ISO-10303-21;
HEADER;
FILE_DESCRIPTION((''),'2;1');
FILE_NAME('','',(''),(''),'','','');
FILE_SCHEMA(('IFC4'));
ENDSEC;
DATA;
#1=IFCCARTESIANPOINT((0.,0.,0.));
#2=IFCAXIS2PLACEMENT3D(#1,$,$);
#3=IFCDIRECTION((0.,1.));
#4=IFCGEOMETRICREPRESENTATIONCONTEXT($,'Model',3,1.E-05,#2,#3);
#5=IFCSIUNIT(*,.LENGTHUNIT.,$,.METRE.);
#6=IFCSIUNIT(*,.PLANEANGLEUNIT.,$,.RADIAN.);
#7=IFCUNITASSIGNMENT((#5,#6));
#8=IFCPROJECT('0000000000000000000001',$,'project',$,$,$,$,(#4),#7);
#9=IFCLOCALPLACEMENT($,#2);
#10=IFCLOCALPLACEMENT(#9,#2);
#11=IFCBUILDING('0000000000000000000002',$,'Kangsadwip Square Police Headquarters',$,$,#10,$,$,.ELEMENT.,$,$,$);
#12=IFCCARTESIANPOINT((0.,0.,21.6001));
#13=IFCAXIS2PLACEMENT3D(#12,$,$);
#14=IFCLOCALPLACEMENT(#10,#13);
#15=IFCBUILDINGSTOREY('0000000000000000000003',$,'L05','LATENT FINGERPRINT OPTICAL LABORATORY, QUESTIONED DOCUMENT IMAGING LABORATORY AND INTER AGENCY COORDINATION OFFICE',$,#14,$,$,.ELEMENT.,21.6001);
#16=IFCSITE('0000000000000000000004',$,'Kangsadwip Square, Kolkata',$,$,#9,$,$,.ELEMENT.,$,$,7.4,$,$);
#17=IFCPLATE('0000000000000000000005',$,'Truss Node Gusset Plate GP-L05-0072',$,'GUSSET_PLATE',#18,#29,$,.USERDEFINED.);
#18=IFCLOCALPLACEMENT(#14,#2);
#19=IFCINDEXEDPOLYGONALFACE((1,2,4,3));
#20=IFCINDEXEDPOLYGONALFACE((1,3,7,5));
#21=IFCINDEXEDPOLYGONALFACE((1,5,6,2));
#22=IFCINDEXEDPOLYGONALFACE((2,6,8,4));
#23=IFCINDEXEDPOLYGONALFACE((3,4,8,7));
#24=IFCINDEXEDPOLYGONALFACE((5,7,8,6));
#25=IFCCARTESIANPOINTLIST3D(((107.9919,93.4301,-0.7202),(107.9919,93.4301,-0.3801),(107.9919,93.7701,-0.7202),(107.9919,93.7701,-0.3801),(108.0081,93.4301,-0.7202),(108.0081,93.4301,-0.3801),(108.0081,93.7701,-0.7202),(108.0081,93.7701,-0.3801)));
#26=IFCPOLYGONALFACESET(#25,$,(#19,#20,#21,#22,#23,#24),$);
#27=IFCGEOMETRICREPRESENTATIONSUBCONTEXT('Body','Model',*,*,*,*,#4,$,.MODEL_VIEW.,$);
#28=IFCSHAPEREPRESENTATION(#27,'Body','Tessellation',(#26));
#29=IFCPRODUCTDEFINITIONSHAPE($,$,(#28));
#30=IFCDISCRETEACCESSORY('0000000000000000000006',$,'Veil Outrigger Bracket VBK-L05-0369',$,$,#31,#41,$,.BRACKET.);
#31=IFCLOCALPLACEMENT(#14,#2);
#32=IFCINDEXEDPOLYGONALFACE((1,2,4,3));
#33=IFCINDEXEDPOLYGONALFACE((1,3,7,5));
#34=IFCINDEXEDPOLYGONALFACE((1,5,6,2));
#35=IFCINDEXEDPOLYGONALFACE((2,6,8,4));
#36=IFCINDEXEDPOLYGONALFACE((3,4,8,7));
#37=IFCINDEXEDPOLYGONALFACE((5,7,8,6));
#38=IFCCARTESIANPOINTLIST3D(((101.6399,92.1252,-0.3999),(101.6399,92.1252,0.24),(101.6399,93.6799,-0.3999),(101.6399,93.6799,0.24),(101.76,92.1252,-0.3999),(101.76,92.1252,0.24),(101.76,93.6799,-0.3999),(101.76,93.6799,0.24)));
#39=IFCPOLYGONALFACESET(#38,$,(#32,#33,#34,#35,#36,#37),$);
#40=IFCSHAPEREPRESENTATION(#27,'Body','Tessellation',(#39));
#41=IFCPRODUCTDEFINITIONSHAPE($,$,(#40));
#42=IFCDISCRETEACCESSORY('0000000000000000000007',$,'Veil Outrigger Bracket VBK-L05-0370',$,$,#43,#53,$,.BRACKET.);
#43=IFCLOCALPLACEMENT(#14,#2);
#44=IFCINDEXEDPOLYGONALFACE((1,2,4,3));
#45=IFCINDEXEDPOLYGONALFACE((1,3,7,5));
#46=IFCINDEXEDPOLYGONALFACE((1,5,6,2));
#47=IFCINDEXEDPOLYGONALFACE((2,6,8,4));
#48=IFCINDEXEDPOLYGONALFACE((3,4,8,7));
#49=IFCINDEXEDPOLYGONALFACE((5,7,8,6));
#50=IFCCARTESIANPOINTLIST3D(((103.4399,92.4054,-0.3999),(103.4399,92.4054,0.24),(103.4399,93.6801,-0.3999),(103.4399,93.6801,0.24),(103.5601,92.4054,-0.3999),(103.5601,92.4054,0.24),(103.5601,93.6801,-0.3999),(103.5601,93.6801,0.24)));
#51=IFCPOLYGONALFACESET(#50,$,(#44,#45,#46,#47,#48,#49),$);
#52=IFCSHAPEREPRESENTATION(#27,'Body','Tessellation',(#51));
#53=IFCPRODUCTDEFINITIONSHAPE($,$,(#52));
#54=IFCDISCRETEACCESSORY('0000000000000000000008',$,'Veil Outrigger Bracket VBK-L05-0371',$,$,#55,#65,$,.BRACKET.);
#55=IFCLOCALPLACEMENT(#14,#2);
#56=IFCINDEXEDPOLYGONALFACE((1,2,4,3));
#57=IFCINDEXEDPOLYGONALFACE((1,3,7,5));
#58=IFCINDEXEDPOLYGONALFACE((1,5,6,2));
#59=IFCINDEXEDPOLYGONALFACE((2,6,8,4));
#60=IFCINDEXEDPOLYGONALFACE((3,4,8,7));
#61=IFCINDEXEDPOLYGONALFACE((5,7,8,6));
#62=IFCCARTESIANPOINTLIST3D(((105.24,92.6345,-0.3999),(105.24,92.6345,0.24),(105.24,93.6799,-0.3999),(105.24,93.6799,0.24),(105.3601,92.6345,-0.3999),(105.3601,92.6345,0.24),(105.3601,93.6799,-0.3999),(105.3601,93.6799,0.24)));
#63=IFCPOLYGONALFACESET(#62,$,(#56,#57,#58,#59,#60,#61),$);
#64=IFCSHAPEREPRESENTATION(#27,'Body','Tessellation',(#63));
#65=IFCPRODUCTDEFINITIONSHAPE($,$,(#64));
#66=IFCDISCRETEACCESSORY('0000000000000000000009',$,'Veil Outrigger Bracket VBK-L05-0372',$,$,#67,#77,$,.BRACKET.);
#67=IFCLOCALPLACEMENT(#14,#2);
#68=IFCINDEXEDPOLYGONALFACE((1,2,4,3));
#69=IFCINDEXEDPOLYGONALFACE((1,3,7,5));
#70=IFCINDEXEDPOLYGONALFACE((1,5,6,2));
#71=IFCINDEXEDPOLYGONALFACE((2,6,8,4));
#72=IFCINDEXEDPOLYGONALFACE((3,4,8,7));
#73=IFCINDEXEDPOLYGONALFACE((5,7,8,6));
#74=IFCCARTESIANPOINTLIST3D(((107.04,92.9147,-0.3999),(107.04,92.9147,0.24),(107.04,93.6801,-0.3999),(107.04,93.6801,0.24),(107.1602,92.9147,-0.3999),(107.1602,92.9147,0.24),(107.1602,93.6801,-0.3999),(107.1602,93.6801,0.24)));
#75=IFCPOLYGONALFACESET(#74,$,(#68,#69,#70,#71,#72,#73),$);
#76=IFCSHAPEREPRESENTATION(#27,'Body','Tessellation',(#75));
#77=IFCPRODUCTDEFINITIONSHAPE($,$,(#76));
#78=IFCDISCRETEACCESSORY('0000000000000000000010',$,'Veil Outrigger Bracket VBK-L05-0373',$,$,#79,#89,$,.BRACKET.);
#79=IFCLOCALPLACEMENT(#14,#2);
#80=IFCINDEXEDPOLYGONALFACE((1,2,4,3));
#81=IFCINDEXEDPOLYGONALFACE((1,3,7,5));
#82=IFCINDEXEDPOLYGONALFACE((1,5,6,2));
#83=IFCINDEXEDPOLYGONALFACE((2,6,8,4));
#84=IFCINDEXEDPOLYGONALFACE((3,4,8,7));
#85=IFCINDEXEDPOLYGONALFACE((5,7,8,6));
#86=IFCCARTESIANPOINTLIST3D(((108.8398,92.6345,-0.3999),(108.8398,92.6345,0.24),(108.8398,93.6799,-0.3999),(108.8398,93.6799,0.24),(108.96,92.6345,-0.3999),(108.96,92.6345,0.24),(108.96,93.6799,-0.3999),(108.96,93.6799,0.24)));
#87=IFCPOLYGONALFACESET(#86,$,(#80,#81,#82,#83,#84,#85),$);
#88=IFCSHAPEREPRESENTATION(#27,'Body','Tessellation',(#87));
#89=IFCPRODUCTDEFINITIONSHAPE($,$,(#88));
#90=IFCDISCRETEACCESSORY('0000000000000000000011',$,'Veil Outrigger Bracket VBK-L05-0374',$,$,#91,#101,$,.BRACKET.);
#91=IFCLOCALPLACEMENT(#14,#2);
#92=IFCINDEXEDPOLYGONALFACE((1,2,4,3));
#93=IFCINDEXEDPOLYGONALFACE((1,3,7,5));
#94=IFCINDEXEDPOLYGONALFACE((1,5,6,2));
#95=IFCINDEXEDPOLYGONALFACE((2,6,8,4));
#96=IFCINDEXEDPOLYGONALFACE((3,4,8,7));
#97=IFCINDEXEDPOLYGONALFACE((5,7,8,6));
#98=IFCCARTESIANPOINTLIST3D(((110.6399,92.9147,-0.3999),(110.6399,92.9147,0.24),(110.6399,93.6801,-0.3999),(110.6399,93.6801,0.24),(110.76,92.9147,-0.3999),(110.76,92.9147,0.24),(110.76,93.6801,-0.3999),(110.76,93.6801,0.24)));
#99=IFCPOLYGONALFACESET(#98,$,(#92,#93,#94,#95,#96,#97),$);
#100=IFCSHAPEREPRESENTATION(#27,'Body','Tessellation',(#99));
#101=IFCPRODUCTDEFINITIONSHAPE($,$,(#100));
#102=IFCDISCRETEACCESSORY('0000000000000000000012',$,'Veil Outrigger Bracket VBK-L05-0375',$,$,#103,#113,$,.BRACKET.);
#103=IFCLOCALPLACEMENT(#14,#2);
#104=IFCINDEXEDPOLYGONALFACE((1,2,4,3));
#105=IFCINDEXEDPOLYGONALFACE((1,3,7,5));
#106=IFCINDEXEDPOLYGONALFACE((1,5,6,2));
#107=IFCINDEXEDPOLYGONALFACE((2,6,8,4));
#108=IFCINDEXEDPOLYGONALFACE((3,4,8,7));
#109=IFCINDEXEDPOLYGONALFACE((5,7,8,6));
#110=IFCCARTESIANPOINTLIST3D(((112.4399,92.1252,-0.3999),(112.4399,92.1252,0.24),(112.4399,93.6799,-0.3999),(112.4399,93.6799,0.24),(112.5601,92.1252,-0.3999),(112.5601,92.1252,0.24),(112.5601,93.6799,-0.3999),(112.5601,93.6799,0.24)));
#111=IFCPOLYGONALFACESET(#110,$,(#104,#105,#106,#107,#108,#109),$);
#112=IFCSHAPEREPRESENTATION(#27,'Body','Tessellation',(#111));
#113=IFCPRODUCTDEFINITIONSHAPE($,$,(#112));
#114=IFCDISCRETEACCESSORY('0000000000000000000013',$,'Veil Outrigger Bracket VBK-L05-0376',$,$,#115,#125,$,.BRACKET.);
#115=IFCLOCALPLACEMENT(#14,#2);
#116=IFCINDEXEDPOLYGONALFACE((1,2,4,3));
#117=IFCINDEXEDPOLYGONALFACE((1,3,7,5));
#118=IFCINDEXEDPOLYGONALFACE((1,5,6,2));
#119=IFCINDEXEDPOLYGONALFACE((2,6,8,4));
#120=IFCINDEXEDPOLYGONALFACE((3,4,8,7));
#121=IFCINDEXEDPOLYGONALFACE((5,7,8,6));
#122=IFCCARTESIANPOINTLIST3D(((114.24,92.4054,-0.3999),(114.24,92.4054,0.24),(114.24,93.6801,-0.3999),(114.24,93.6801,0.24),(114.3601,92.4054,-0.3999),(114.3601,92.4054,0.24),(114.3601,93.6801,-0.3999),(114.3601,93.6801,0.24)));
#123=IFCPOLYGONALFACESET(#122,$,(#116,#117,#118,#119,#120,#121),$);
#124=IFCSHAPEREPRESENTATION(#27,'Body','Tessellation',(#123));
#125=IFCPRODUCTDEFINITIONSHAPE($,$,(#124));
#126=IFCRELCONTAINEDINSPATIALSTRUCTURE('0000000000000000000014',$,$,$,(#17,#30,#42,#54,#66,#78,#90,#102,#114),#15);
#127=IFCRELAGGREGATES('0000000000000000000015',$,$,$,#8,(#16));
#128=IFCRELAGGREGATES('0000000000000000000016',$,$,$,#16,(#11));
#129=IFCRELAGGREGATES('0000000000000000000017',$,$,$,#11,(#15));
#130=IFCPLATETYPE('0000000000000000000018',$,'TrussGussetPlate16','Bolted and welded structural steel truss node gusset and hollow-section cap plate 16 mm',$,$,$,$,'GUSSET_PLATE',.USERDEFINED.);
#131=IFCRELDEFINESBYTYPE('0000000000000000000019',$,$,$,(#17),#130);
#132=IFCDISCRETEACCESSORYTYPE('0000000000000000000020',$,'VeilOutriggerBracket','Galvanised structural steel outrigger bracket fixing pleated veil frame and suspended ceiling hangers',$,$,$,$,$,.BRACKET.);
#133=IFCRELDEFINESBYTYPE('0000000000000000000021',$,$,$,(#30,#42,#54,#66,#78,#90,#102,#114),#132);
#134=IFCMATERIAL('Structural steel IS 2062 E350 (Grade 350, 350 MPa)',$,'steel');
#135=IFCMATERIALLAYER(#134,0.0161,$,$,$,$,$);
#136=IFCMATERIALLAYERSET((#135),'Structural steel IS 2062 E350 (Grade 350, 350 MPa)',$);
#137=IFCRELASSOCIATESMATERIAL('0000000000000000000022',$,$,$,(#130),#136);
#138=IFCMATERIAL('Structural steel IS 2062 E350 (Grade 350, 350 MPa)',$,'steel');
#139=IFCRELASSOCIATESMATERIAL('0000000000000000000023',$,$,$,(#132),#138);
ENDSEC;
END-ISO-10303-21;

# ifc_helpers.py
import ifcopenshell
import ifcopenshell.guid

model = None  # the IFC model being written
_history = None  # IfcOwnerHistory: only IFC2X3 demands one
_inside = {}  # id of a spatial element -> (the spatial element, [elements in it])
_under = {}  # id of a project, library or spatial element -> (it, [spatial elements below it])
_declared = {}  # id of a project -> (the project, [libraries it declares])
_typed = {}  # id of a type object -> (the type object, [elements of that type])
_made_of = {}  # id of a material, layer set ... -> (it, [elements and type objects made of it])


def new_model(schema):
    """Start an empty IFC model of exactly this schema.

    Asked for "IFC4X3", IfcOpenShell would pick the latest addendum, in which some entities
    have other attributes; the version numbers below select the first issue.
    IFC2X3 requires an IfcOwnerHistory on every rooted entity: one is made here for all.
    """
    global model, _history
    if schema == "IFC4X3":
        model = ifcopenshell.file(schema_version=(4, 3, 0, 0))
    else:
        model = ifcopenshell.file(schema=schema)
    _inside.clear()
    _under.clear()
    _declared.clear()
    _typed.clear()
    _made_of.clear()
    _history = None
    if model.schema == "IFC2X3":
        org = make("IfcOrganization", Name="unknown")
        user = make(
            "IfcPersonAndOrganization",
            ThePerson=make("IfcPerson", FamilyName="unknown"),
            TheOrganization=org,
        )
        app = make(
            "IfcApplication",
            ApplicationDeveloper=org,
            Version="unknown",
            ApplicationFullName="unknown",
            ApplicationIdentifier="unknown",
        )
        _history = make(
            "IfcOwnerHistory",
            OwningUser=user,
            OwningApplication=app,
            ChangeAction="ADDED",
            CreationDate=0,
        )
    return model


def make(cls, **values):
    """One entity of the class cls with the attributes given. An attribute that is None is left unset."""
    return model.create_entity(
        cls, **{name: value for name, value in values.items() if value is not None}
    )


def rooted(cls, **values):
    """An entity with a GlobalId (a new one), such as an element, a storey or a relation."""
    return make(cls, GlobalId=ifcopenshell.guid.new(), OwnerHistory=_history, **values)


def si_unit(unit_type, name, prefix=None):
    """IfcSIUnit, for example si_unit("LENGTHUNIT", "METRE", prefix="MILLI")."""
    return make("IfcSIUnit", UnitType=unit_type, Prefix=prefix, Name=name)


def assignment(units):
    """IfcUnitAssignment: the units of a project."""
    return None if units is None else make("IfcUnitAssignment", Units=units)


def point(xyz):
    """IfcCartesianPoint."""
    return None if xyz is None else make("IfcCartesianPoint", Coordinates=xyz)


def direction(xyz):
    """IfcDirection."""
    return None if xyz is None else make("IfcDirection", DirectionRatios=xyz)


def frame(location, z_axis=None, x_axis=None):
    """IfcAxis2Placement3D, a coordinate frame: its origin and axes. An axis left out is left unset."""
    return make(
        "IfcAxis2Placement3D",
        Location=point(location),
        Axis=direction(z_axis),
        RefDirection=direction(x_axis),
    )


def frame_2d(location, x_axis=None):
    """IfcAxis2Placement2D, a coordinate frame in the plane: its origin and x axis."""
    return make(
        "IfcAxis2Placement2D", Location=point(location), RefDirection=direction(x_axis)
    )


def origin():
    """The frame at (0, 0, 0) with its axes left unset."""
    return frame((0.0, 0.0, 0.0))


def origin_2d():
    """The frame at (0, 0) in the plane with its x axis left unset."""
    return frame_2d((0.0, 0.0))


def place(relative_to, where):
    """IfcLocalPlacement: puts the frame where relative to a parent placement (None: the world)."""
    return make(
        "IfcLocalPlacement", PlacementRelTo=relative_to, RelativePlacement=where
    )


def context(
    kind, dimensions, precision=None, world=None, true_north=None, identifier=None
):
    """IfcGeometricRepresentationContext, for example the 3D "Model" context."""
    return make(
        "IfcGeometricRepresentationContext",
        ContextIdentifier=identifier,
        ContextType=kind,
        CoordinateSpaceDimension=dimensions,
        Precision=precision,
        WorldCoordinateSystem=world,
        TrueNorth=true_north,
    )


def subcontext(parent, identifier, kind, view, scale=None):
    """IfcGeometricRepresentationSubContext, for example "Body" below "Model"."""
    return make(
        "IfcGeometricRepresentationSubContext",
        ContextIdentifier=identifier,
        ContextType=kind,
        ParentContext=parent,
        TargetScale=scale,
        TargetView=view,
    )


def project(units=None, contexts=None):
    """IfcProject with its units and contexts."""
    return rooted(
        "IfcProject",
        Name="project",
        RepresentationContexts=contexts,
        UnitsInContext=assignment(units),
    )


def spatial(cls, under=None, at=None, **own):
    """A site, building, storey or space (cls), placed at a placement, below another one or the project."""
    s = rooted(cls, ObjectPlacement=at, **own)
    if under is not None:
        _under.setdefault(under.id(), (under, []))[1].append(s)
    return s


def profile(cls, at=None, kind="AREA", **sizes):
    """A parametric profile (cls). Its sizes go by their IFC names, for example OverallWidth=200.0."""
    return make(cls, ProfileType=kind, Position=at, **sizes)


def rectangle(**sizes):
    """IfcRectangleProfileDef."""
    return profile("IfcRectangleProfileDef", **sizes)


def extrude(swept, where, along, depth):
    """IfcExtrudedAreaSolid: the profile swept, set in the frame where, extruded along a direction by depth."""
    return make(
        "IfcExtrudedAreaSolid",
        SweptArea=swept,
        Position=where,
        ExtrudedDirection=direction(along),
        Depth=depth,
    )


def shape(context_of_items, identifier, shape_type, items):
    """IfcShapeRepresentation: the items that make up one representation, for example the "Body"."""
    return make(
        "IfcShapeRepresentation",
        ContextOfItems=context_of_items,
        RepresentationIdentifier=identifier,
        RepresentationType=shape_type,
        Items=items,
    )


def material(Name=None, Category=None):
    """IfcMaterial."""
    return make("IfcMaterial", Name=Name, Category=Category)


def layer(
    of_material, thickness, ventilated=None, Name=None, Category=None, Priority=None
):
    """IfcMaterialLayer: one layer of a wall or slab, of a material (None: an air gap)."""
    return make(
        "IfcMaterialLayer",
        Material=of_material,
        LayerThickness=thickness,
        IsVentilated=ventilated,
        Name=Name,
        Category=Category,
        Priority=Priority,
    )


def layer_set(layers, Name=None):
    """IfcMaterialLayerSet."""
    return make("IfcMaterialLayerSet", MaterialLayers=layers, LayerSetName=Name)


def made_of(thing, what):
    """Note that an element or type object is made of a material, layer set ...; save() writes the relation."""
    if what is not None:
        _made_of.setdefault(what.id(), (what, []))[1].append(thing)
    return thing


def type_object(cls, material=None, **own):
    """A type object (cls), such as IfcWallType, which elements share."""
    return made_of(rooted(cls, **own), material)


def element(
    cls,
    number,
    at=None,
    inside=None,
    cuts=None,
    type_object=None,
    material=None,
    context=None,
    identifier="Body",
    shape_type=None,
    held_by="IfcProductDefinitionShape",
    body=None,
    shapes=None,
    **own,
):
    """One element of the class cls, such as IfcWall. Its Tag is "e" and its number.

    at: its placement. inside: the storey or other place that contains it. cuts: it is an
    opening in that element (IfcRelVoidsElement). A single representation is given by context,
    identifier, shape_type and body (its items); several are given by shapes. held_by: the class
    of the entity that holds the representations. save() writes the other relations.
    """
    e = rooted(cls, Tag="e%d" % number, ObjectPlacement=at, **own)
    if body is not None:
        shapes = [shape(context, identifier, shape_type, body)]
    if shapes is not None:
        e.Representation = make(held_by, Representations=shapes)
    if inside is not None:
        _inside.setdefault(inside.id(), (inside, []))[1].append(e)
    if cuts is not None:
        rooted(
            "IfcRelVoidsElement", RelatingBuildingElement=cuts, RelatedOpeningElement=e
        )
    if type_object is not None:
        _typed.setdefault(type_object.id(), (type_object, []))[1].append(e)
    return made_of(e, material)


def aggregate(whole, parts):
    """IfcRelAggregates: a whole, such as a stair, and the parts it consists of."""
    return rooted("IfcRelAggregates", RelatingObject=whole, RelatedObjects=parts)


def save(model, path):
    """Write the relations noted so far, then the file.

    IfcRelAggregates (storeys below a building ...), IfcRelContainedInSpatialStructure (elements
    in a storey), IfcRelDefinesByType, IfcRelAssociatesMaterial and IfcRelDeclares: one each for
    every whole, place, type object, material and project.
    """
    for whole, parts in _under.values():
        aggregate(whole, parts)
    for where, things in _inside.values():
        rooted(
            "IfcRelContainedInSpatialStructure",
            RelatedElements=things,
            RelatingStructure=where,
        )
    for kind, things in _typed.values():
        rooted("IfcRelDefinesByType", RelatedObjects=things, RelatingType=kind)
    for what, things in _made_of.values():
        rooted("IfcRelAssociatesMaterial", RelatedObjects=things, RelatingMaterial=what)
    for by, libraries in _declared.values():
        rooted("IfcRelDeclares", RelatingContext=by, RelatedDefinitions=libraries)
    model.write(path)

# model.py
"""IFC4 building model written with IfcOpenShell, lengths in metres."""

from ifc_helpers import new_model, si_unit, direction, frame, origin, origin_2d, place, context, subcontext, project, spatial, rectangle, extrude, material, layer, layer_set, type_object, element, save


model = new_model("IFC4")

# Units and contexts
model_context = context("Model", 3, precision=1e-05, world=origin(), true_north=direction((0.0, 1.0)))
body_context = subcontext(model_context, "Body", "Model", "MODEL_VIEW")
ifc_project = project(units=[si_unit("LENGTHUNIT", "METRE"), si_unit("PLANEANGLEUNIT", "RADIAN")], contexts=[model_context])

# Site, building, storey
site_placement = place(None, origin())
site = spatial("IfcSite", under=ifc_project, at=site_placement, Name="Kangsadwip Square, Kolkata", CompositionType="ELEMENT", RefElevation=7.4)
building_placement = place(site_placement, origin())
building = spatial("IfcBuilding", under=site, at=building_placement, Name="Kangsadwip Square Police Headquarters", CompositionType="ELEMENT")
storey_placement = place(building_placement, frame((0.0, 0.0, 21.6001)))
storey = spatial("IfcBuildingStorey", under=building, at=storey_placement, Name="L05", Description="LATENT FINGERPRINT OPTICAL LABORATORY, QUESTIONED DOCUMENT IMAGING LABORATORY AND INTER AGENCY COORDINATION OFFICE", CompositionType="ELEMENT", Elevation=21.6001)

# Plate
ifc_material_1 = material(Name="Structural steel IS 2062 E350 (Grade 350, 350 MPa)", Category="steel")
ifc_layer_1 = layer(ifc_material_1, 0.0161)
ifc_layer_set_1 = layer_set([ifc_layer_1], Name="Structural steel IS 2062 E350 (Grade 350, 350 MPa)")
plate_type_1 = type_object("IfcPlateType", Name="TrussGussetPlate16", Description="Bolted and welded structural steel truss node gusset and hollow-section cap plate 16 mm", ElementType="GUSSET_PLATE", PredefinedType="USERDEFINED", material=ifc_layer_set_1)
plate_placement = place(storey_placement, frame((108.0, 93.6001, -0.7202), z_axis=(0.0, 0.0, 1.0), x_axis=(0.0, 1.0, 0.0)))
element("IfcPlate", 1, at=plate_placement, inside=storey, type_object=plate_type_1, Name="Truss Node Gusset Plate GP-L05-0072", ObjectType="GUSSET_PLATE", PredefinedType="USERDEFINED", context=body_context, shape_type="SweptSolid", body=[
    extrude(rectangle(XDim=0.3401, YDim=0.0161, at=origin_2d()), origin(), (0.0, 0.0, 1.0), 0.3401),
])

# Discrete accessories
ifc_material_2 = material(Name="Structural steel IS 2062 E350 (Grade 350, 350 MPa)", Category="steel")
discrete_accessory_type = type_object("IfcDiscreteAccessoryType", Name="VeilOutriggerBracket", Description="Galvanised structural steel outrigger bracket fixing pleated veil frame and suspended ceiling hangers", PredefinedType="BRACKET", material=ifc_material_2)
discrete_accessory_1_placement = place(storey_placement, frame((101.7, 92.9026, -0.3999), z_axis=(0.0, 0.0, 1.0), x_axis=(1.0, 0.0, 0.0)))
element("IfcDiscreteAccessory", 2, at=discrete_accessory_1_placement, inside=storey, type_object=discrete_accessory_type, Name="Veil Outrigger Bracket VBK-L05-0369", PredefinedType="BRACKET", context=body_context, shape_type="SweptSolid", body=[
    extrude(rectangle(XDim=0.1201, YDim=1.5547, at=origin_2d()), origin(), (0.0, 0.0, 1.0), 0.6399),
])
discrete_accessory_2_placement = place(storey_placement, frame((103.5, 93.0427, -0.3999), z_axis=(0.0, 0.0, 1.0), x_axis=(1.0, 0.0, 0.0)))
element("IfcDiscreteAccessory", 3, at=discrete_accessory_2_placement, inside=storey, type_object=discrete_accessory_type, Name="Veil Outrigger Bracket VBK-L05-0370", PredefinedType="BRACKET", context=body_context, shape_type="SweptSolid", body=[
    extrude(rectangle(XDim=0.1201, YDim=1.2747, at=origin_2d()), origin(), (0.0, 0.0, 1.0), 0.6399),
])
discrete_accessory_3_placement = place(storey_placement, frame((105.3, 93.1572, -0.3999), z_axis=(0.0, 0.0, 1.0), x_axis=(1.0, 0.0, 0.0)))
element("IfcDiscreteAccessory", 4, at=discrete_accessory_3_placement, inside=storey, type_object=discrete_accessory_type, Name="Veil Outrigger Bracket VBK-L05-0371", PredefinedType="BRACKET", context=body_context, shape_type="SweptSolid", body=[
    extrude(rectangle(XDim=0.1201, YDim=1.0454, at=origin_2d()), origin(), (0.0, 0.0, 1.0), 0.6399),
])
discrete_accessory_4_placement = place(storey_placement, frame((107.1001, 93.2974, -0.3999), z_axis=(0.0, 0.0, 1.0), x_axis=(1.0, 0.0, 0.0)))
element("IfcDiscreteAccessory", 5, at=discrete_accessory_4_placement, inside=storey, type_object=discrete_accessory_type, Name="Veil Outrigger Bracket VBK-L05-0372", PredefinedType="BRACKET", context=body_context, shape_type="SweptSolid", body=[
    extrude(rectangle(XDim=0.1201, YDim=0.7654, at=origin_2d()), origin(), (0.0, 0.0, 1.0), 0.6399),
])
discrete_accessory_5_placement = place(storey_placement, frame((108.8999, 93.1572, -0.3999), z_axis=(0.0, 0.0, 1.0), x_axis=(1.0, 0.0, 0.0)))
element("IfcDiscreteAccessory", 6, at=discrete_accessory_5_placement, inside=storey, type_object=discrete_accessory_type, Name="Veil Outrigger Bracket VBK-L05-0373", PredefinedType="BRACKET", context=body_context, shape_type="SweptSolid", body=[
    extrude(rectangle(XDim=0.1201, YDim=1.0454, at=origin_2d()), origin(), (0.0, 0.0, 1.0), 0.6399),
])
discrete_accessory_6_placement = place(storey_placement, frame((110.7, 93.2974, -0.3999), z_axis=(0.0, 0.0, 1.0), x_axis=(1.0, 0.0, 0.0)))
element("IfcDiscreteAccessory", 7, at=discrete_accessory_6_placement, inside=storey, type_object=discrete_accessory_type, Name="Veil Outrigger Bracket VBK-L05-0374", PredefinedType="BRACKET", context=body_context, shape_type="SweptSolid", body=[
    extrude(rectangle(XDim=0.1201, YDim=0.7654, at=origin_2d()), origin(), (0.0, 0.0, 1.0), 0.6399),
])
discrete_accessory_7_placement = place(storey_placement, frame((112.5, 92.9026, -0.3999), z_axis=(0.0, 0.0, 1.0), x_axis=(1.0, 0.0, 0.0)))
element("IfcDiscreteAccessory", 8, at=discrete_accessory_7_placement, inside=storey, type_object=discrete_accessory_type, Name="Veil Outrigger Bracket VBK-L05-0375", PredefinedType="BRACKET", context=body_context, shape_type="SweptSolid", body=[
    extrude(rectangle(XDim=0.1201, YDim=1.5547, at=origin_2d()), origin(), (0.0, 0.0, 1.0), 0.6399),
])
discrete_accessory_8_placement = place(storey_placement, frame((114.3, 93.0427, -0.3999), z_axis=(0.0, 0.0, 1.0), x_axis=(1.0, 0.0, 0.0)))
element("IfcDiscreteAccessory", 9, at=discrete_accessory_8_placement, inside=storey, type_object=discrete_accessory_type, Name="Veil Outrigger Bracket VBK-L05-0376", PredefinedType="BRACKET", context=body_context, shape_type="SweptSolid", body=[
    extrude(rectangle(XDim=0.1201, YDim=1.2747, at=origin_2d()), origin(), (0.0, 0.0, 1.0), 0.6399),
])

save(model, "model.ifc")
